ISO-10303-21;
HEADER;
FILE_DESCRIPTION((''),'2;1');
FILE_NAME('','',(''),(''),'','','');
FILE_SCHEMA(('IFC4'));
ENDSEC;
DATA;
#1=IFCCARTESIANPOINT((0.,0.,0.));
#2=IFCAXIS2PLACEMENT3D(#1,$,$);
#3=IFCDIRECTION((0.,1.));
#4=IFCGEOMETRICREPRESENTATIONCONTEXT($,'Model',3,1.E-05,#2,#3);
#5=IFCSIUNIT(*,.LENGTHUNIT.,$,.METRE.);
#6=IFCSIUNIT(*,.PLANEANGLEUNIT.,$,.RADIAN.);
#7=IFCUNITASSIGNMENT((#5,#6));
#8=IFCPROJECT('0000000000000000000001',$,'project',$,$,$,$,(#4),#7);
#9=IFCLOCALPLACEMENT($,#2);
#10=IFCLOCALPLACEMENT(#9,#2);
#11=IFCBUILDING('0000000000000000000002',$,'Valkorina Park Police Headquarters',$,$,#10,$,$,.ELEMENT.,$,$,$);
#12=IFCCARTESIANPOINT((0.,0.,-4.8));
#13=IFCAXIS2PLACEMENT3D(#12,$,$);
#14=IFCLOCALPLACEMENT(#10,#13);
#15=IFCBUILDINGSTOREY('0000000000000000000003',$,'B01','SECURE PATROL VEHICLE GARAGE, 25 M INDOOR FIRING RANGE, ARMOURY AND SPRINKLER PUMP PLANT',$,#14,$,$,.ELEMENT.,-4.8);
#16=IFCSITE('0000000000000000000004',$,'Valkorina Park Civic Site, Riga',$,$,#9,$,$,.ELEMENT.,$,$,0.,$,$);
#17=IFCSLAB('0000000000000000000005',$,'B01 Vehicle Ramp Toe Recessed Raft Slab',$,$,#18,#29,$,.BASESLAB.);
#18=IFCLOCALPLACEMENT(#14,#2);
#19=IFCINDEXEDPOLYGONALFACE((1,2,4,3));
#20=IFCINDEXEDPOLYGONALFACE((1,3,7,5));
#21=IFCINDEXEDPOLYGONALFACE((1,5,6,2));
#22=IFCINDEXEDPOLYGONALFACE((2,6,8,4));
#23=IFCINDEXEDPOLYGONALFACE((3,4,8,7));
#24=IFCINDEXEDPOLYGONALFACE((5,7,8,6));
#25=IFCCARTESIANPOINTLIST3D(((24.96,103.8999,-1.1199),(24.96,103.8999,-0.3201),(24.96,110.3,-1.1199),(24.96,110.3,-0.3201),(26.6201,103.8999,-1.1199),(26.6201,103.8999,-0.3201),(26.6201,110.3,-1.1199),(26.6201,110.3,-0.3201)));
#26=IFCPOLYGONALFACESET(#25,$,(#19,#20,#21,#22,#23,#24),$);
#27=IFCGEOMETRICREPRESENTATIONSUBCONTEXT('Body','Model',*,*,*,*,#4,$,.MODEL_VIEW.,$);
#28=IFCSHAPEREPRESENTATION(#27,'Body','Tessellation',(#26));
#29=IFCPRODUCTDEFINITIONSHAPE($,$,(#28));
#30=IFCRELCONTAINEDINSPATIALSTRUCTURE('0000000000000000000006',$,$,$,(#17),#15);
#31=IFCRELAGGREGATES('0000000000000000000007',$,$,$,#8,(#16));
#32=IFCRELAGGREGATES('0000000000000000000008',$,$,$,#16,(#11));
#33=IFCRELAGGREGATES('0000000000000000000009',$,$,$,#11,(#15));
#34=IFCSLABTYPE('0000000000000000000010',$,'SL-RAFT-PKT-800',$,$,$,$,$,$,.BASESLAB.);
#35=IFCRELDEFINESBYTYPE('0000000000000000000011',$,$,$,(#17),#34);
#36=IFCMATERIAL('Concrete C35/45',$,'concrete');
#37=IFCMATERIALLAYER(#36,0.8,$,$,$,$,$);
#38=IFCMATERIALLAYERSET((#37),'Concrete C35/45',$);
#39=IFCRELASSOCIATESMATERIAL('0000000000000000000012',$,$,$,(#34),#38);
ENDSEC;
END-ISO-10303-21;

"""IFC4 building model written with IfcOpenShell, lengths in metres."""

from ifc_helpers import new_model, si_unit, direction, frame, origin, place, context, subcontext, project, spatial, polyline, outline, extrude, material, layer, layer_set, type_object, element, save


model = new_model("IFC4")

# Units and contexts
model_context = context("Model", 3, precision=1e-05, world=origin(), true_north=direction((0.0, 1.0)))
body_context = subcontext(model_context, "Body", "Model", "MODEL_VIEW")
ifc_project = project(units=[si_unit("LENGTHUNIT", "METRE"), si_unit("PLANEANGLEUNIT", "RADIAN")], contexts=[model_context])

# Site, building, storey
site_placement = place(None, origin())
site = spatial("IfcSite", under=ifc_project, at=site_placement, Name="Valkorina Park Civic Site, Riga", CompositionType="ELEMENT", RefElevation=0.0)
building_placement = place(site_placement, origin())
building = spatial("IfcBuilding", under=site, at=building_placement, Name="Valkorina Park Police Headquarters", CompositionType="ELEMENT")
storey_placement = place(building_placement, frame((0.0, 0.0, -4.8)))
storey = spatial("IfcBuildingStorey", under=building, at=storey_placement, Name="B01", Description="SECURE PATROL VEHICLE GARAGE, 25 M INDOOR FIRING RANGE, ARMOURY AND SPRINKLER PUMP PLANT", CompositionType="ELEMENT", Elevation=-4.8)

# Shared definitions
ifc_material_1 = material(Name="Concrete C35/45", Category="concrete")

# Slab
ifc_layer_1 = layer(ifc_material_1, 0.8)
ifc_layer_set_1 = layer_set([ifc_layer_1], Name="Concrete C35/45")
slab_type_1 = type_object("IfcSlabType", Name="SL-RAFT-PKT-800", PredefinedType="BASESLAB", material=ifc_layer_set_1)
slab_1_placement = place(storey_placement, frame((0.0, 0.0, -1.1199)))
element("IfcSlab", 1, at=slab_1_placement, inside=storey, type_object=slab_type_1, Name="B01 Vehicle Ramp Toe Recessed Raft Slab", PredefinedType="BASESLAB", context=body_context, shape_type="SweptSolid", body=[
    extrude(outline(polyline([(26.6201, 103.8999), (26.6201, 110.3), (24.96, 110.3), (24.96, 103.8999), (26.6201, 103.8999)])), origin(), (0.0, 0.0, 1.0), 0.7998),
])

save(model, "model.ifc")
